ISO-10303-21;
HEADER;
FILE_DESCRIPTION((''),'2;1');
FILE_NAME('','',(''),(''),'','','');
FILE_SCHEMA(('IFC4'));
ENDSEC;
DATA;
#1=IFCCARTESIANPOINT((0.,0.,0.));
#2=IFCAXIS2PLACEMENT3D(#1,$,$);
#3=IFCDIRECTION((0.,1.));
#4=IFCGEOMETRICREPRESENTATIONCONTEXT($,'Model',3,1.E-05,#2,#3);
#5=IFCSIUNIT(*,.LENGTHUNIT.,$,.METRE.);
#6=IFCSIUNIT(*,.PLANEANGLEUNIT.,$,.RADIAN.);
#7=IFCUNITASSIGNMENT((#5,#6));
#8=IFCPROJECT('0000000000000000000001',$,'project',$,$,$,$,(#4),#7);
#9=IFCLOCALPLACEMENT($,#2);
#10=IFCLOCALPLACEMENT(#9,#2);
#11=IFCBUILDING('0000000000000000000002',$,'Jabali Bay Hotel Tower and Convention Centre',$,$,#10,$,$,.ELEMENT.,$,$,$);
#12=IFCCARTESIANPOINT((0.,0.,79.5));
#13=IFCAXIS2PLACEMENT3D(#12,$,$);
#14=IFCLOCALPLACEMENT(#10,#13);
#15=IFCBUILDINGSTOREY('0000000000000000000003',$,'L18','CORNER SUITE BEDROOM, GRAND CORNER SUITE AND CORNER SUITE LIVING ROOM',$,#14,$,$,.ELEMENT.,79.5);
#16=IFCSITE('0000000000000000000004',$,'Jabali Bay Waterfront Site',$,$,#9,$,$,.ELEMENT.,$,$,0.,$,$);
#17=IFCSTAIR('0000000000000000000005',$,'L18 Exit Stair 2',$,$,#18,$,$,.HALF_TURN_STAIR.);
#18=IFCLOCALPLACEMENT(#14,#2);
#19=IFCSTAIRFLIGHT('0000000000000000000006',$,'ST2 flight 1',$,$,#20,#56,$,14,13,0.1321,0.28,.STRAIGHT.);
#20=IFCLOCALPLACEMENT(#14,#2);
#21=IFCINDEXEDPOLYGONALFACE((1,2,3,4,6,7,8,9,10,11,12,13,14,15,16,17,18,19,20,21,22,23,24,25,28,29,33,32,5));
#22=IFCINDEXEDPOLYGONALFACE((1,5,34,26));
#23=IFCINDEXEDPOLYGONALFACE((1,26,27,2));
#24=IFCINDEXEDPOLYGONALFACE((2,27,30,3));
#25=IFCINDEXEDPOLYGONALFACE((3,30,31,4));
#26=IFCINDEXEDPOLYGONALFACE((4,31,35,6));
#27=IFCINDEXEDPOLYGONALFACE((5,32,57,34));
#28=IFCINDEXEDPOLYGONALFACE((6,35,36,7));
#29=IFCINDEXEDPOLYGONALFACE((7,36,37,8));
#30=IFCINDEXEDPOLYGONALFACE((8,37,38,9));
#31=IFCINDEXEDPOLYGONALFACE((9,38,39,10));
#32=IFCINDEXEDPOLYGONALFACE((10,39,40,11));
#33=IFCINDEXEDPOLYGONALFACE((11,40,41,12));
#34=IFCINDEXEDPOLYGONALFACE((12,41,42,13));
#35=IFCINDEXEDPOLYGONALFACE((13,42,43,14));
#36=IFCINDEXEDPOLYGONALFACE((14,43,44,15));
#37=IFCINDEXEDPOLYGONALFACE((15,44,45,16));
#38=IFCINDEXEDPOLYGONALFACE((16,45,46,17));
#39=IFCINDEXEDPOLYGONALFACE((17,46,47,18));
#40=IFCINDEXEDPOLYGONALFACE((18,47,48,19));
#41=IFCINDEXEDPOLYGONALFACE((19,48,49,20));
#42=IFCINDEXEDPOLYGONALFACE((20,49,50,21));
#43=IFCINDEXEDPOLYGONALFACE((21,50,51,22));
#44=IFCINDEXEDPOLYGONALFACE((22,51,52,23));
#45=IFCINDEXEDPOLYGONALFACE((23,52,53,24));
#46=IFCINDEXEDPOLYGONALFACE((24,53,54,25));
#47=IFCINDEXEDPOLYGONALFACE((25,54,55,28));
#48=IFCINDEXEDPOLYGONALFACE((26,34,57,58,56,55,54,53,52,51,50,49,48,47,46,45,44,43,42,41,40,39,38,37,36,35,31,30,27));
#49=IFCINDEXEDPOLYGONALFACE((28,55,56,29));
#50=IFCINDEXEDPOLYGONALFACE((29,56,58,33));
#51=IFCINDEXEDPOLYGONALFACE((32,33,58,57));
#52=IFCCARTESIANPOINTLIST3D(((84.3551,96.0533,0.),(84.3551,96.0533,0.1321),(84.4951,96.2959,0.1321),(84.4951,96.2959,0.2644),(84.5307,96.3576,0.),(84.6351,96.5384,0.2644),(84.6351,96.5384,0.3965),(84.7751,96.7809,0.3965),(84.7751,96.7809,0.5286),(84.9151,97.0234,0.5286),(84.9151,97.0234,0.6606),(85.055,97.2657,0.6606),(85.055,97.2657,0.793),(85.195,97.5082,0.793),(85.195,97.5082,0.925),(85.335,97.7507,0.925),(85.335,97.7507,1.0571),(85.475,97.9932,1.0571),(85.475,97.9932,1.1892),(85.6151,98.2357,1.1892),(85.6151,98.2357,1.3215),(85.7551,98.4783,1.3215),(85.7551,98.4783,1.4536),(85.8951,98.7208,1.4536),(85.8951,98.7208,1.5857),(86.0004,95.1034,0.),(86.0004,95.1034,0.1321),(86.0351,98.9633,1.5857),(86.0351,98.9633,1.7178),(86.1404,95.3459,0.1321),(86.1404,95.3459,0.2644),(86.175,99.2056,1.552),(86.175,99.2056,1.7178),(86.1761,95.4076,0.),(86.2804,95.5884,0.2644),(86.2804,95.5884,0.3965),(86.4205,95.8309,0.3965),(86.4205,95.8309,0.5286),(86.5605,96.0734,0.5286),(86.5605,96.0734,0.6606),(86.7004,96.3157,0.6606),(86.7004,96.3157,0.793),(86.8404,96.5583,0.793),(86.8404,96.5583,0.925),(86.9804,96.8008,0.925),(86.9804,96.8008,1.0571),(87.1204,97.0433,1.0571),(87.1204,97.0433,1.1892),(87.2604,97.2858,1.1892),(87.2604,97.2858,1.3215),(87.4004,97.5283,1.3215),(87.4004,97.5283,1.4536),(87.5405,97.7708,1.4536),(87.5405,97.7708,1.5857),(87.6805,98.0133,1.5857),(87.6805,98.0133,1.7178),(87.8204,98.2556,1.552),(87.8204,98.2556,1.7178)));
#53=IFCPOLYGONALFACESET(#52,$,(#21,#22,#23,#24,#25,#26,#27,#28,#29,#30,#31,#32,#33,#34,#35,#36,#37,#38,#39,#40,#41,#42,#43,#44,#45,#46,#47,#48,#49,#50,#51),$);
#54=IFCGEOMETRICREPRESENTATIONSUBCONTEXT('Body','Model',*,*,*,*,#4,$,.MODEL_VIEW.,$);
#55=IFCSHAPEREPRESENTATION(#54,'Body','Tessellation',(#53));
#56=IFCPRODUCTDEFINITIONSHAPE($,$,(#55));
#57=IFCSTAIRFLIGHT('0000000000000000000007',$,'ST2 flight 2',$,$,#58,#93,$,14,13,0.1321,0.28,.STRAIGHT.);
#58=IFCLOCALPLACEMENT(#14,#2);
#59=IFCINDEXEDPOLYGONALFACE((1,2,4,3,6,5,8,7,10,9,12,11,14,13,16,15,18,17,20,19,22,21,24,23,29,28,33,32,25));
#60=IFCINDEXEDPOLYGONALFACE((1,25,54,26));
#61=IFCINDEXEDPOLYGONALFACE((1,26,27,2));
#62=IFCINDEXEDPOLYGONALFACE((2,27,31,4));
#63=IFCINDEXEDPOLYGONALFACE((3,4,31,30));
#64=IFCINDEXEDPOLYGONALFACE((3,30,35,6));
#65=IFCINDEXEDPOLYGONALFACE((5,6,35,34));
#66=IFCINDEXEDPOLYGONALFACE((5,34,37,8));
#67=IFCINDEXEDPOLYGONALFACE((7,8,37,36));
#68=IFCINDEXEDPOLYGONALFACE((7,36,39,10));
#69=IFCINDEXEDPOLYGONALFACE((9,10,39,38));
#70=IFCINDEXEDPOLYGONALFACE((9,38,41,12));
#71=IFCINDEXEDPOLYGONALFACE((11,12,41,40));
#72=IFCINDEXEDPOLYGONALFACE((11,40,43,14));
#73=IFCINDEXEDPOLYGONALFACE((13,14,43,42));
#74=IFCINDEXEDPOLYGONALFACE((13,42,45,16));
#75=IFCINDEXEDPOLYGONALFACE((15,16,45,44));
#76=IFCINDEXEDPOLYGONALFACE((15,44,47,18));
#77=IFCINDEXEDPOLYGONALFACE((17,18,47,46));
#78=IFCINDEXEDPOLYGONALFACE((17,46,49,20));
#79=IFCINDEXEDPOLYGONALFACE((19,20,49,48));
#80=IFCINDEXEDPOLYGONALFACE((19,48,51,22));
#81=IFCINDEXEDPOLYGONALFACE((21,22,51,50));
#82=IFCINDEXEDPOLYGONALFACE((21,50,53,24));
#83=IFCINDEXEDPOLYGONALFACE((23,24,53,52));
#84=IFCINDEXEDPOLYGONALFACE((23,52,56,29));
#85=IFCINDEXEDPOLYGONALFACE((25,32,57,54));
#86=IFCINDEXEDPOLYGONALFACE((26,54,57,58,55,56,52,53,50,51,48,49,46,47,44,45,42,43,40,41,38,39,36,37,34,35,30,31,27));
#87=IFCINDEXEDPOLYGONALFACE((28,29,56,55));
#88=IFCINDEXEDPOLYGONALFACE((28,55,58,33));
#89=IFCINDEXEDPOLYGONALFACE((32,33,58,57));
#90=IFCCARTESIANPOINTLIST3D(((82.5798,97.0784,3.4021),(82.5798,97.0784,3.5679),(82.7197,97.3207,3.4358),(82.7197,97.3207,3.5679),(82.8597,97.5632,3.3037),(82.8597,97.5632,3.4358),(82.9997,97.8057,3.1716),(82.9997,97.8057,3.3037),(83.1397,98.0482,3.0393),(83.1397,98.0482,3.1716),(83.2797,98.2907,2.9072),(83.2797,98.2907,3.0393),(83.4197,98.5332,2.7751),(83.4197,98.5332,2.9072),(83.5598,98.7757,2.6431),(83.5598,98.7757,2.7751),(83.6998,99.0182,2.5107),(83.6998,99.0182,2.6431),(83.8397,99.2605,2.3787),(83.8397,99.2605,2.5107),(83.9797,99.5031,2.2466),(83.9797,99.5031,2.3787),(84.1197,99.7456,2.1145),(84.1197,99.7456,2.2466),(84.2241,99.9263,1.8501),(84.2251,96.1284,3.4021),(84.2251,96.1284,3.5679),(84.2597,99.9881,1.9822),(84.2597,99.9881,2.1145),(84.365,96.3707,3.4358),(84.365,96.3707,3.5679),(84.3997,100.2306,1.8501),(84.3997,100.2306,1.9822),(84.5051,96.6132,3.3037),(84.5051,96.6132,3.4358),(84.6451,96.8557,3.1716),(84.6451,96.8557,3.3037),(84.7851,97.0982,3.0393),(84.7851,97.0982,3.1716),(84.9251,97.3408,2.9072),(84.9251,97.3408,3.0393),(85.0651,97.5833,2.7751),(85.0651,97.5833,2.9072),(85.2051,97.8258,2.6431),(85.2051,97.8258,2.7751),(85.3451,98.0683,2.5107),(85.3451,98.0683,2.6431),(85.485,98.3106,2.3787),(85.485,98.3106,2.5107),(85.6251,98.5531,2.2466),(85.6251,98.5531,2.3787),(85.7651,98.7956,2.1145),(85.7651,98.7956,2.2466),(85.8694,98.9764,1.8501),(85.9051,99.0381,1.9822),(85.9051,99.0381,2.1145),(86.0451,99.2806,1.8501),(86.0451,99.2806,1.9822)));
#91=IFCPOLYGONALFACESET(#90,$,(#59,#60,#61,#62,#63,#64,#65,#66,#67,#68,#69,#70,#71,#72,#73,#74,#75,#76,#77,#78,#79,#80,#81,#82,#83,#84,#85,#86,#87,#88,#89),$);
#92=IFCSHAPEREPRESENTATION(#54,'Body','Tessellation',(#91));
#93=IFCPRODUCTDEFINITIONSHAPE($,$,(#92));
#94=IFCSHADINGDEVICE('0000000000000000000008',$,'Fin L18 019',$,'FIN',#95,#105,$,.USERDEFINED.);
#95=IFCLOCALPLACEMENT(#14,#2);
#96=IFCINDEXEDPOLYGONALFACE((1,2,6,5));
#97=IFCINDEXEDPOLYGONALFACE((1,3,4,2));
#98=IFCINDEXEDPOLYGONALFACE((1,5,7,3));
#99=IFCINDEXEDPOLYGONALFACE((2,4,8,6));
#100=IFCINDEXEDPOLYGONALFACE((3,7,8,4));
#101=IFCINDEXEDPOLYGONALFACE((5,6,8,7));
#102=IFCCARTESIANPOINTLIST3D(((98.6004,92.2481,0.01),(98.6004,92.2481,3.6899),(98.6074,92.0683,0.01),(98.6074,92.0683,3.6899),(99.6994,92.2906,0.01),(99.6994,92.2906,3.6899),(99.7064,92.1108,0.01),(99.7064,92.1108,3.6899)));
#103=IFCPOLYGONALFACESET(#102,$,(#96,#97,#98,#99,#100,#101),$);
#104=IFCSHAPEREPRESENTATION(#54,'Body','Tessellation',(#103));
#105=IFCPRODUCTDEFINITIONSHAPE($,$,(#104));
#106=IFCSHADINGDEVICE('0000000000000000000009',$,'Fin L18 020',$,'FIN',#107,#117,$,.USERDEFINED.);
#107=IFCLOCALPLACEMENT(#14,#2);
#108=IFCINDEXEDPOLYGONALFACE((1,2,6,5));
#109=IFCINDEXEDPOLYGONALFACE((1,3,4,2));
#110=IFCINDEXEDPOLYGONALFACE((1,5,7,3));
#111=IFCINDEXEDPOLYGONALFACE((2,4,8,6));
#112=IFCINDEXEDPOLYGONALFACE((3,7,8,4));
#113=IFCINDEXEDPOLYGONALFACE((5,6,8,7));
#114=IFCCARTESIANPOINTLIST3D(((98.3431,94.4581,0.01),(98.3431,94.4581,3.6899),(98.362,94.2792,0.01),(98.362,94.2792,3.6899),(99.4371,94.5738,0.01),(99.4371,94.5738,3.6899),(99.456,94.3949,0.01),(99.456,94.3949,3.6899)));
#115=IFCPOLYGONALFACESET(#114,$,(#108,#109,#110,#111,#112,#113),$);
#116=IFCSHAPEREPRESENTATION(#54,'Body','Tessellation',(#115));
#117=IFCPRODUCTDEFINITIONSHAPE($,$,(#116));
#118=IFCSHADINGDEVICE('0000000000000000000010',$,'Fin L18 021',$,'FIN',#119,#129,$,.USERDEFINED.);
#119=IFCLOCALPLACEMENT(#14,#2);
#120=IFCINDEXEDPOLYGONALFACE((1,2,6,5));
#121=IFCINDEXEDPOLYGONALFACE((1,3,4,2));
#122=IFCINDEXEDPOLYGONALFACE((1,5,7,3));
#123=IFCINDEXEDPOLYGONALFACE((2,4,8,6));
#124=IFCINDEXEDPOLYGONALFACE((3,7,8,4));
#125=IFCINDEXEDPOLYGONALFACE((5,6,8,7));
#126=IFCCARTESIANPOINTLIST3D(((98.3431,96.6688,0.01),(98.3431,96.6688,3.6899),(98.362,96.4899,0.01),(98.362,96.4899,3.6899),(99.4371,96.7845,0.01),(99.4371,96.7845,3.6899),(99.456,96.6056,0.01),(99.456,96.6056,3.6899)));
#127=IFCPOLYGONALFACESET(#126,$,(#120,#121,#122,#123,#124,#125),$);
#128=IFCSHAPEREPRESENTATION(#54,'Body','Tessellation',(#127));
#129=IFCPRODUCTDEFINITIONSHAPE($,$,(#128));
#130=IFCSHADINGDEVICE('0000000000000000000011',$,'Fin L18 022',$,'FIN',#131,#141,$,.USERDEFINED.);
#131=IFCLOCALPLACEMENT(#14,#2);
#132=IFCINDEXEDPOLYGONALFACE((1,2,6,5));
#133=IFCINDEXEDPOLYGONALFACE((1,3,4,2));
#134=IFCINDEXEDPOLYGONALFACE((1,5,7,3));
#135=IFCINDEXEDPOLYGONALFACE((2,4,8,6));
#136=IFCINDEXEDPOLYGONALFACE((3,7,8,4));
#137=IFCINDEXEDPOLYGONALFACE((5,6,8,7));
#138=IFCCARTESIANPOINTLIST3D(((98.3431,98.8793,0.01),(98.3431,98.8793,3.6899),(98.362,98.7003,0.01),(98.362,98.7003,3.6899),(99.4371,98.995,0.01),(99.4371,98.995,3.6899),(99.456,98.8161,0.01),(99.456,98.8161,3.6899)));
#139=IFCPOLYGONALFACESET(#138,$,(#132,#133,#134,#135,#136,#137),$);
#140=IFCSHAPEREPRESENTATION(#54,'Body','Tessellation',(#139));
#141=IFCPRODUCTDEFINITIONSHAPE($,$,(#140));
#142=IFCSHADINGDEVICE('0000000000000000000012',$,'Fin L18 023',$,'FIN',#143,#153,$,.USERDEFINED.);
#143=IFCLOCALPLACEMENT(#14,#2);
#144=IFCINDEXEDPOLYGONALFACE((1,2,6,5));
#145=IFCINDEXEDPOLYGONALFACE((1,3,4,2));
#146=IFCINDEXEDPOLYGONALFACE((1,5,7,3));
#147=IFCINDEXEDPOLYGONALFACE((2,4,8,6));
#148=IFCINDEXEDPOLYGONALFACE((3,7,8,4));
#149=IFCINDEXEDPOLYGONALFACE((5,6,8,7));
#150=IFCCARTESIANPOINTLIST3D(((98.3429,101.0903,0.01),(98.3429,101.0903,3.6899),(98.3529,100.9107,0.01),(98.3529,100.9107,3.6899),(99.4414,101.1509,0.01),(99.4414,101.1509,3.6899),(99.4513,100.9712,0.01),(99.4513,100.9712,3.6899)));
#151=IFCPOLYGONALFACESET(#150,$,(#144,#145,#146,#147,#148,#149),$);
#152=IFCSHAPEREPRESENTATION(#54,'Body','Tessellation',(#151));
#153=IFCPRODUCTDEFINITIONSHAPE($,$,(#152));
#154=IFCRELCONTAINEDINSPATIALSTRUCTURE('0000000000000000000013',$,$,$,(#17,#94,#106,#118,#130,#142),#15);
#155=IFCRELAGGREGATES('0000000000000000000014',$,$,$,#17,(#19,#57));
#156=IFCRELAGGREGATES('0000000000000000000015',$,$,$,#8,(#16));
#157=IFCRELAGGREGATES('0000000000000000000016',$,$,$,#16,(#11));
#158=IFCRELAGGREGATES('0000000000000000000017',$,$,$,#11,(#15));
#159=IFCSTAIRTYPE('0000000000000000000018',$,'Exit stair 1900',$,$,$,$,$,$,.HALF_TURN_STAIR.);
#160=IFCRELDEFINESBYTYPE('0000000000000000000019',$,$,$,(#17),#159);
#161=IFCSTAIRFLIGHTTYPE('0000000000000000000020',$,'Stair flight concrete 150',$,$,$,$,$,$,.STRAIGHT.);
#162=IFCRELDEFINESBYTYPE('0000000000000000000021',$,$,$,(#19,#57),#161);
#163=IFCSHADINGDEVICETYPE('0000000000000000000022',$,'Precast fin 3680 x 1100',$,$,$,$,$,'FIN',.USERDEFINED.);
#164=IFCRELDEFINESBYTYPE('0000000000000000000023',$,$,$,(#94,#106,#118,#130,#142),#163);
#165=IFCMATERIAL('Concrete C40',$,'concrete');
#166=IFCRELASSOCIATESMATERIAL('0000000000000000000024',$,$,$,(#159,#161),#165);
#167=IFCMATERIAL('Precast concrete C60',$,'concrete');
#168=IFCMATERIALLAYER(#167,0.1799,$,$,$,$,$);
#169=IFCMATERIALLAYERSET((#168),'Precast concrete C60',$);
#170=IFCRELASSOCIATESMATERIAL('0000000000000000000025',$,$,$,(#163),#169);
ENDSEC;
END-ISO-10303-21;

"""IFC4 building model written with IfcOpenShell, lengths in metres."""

from ifc_helpers import new_model, si_unit, direction, frame, frame_2d, origin, place, context, subcontext, project, spatial, polyline, rectangle, outline, extrude, material, layer, layer_set, type_object, element, aggregate, save


model = new_model("IFC4")

# Units and contexts
model_context = context("Model", 3, precision=1e-05, world=origin(), true_north=direction((0.0, 1.0)))
body_context = subcontext(model_context, "Body", "Model", "MODEL_VIEW")
ifc_project = project(units=[si_unit("LENGTHUNIT", "METRE"), si_unit("PLANEANGLEUNIT", "RADIAN")], contexts=[model_context])

# Site, building, storey
site_placement = place(None, origin())
site = spatial("IfcSite", under=ifc_project, at=site_placement, Name="Jabali Bay Waterfront Site", CompositionType="ELEMENT", RefElevation=0.0)
building_placement = place(site_placement, origin())
building = spatial("IfcBuilding", under=site, at=building_placement, Name="Jabali Bay Hotel Tower and Convention Centre", CompositionType="ELEMENT")
storey_placement = place(building_placement, frame((0.0, 0.0, 79.5)))
storey = spatial("IfcBuildingStorey", under=building, at=storey_placement, Name="L18", Description="CORNER SUITE BEDROOM, GRAND CORNER SUITE AND CORNER SUITE LIVING ROOM", CompositionType="ELEMENT", Elevation=79.5)

# Shared definitions
ifc_material_1 = material(Name="Concrete C40", Category="concrete")

# Stair, stair flights
stair_type = type_object("IfcStairType", Name="Exit stair 1900", PredefinedType="HALF_TURN_STAIR", material=ifc_material_1)
stair_placement = place(storey_placement, origin())
stair = element("IfcStair", 1, at=stair_placement, inside=storey, type_object=stair_type, Name="L18 Exit Stair 2", PredefinedType="HALF_TURN_STAIR")
stair_flight_type = type_object("IfcStairFlightType", Name="Stair flight concrete 150", PredefinedType="STRAIGHT", material=ifc_material_1)
stair_flight_1_placement = place(storey_placement, frame((85.1777, 95.5784, 0.0), z_axis=(0.0, 0.0, 1.0), x_axis=(0.5, 0.866025, 0.0)))
stair_flight_1 = element("IfcStairFlight", 2, at=stair_flight_1_placement, type_object=stair_flight_type, Name="ST2 flight 1", NumberOfRisers=14, NumberOfTreads=13, PredefinedType="STRAIGHT", RiserHeight=0.1321, TreadLength=0.28, context=body_context, shape_type="SweptSolid", body=[
    extrude(outline(polyline([(0.0, 0.0), (0.0, 0.1321), (0.28, 0.1321), (0.28, 0.2644), (0.5601, 0.2644), (0.5601, 0.3965), (0.8401, 0.3965), (0.8401, 0.5286), (1.1201, 0.5286), (1.1201, 0.6606), (1.3999, 0.6606), (1.3999, 0.793), (1.6799, 0.793), (1.6799, 0.925), (1.96, 0.925), (1.96, 1.0571), (2.24, 1.0571), (2.24, 1.1892), (2.52, 1.1892), (2.52, 1.3215), (2.8, 1.3215), (2.8, 1.4536), (3.0801, 1.4536), (3.0801, 1.5857), (3.3601, 1.5857), (3.3601, 1.7178), (3.6399, 1.7178), (3.6399, 1.8501), (3.6399, 1.552), (0.3513, 0.0), (0.0, 0.0)])), frame((0.0, 0.95, 0.0), z_axis=(0.0, -1.0, 0.0), x_axis=(1.0, 0.0, 0.0)), (0.0, 0.0, 1.0), 1.8999),
])
stair_flight_2_placement = place(storey_placement, frame((85.2224, 99.7556, 1.8501), z_axis=(0.0, 0.0, 1.0), x_axis=(-0.5, -0.866025, 0.0)))
stair_flight_2 = element("IfcStairFlight", 3, at=stair_flight_2_placement, type_object=stair_flight_type, Name="ST2 flight 2", NumberOfRisers=14, NumberOfTreads=13, PredefinedType="STRAIGHT", RiserHeight=0.1321, TreadLength=0.28, context=body_context, shape_type="SweptSolid", body=[
    extrude(outline(polyline([(0.0, 0.0), (0.0, 0.1321), (0.28, 0.1321), (0.28, 0.2644), (0.5601, 0.2644), (0.5601, 0.3965), (0.8401, 0.3965), (0.8401, 0.5286), (1.1201, 0.5286), (1.1201, 0.6606), (1.3999, 0.6606), (1.3999, 0.793), (1.6799, 0.793), (1.6799, 0.925), (1.96, 0.925), (1.96, 1.0571), (2.24, 1.0571), (2.24, 1.1892), (2.52, 1.1892), (2.52, 1.3215), (2.8, 1.3215), (2.8, 1.4536), (3.0801, 1.4536), (3.0801, 1.5857), (3.3601, 1.5857), (3.3601, 1.7178), (3.6399, 1.7178), (3.6399, 1.8501), (3.6399, 1.552), (0.3513, 0.0), (0.0, 0.0)])), frame((0.0, 0.95, 0.0), z_axis=(0.0, -1.0, 0.0), x_axis=(1.0, 0.0, 0.0)), (0.0, 0.0, 1.0), 1.8999),
])
aggregate(stair, [stair_flight_1, stair_flight_2])

# Shading devices
ifc_material_2 = material(Name="Precast concrete C60", Category="concrete")
ifc_layer_1 = layer(ifc_material_2, 0.1799)
ifc_layer_set_1 = layer_set([ifc_layer_1], Name="Precast concrete C60")
shading_device_type = type_object("IfcShadingDeviceType", Name="Precast fin 3680 x 1100", ElementType="FIN", PredefinedType="USERDEFINED", material=ifc_layer_set_1)
shading_device_placement = place(storey_placement, frame((98.604, 92.1582, 0.01), z_axis=(0.0, 0.0, 1.0), x_axis=(0.999254, 0.038621, 0.0)))
element("IfcShadingDevice", 4, at=shading_device_placement, inside=storey, type_object=shading_device_type, Name="Fin L18 019", ObjectType="FIN", PredefinedType="USERDEFINED", context=body_context, shape_type="SweptSolid", body=[
    extrude(rectangle(XDim=1.0999, YDim=0.1799, at=frame_2d((0.5498, 0.0))), origin(), (0.0, 0.0, 1.0), 3.6799),
])
for number, where, z_axis, x_axis, name in (
    (5, (98.3525, 94.3687, 0.01), (0.0, 0.0, 1.0), (0.994452, 0.105193, 0.0), "Fin L18 020"),
    (6, (98.3525, 96.5793, 0.01), (0.0, 0.0, 1.0), (0.994452, 0.105193, 0.0), "Fin L18 021"),
    (7, (98.3525, 98.7898, 0.01), (0.0, 0.0, 1.0), (0.994452, 0.105193, 0.0), "Fin L18 022"),
    (8, (98.3479, 101.0005, 0.01), (0.0, 0.0, 1.0), (0.998484, 0.05504, 0.0), "Fin L18 023"),
):
    element("IfcShadingDevice", number, at=place(storey_placement, frame(where, z_axis=z_axis, x_axis=x_axis)), inside=storey, type_object=shading_device_type, Name=name, ObjectType="FIN", PredefinedType="USERDEFINED", context=body_context, shape_type="SweptSolid", body=[
        extrude(rectangle(XDim=1.1001, YDim=0.1799, at=frame_2d((0.55, 0.0))), origin(), (0.0, 0.0, 1.0), 3.6799),
    ])

save(model, "model.ifc")
